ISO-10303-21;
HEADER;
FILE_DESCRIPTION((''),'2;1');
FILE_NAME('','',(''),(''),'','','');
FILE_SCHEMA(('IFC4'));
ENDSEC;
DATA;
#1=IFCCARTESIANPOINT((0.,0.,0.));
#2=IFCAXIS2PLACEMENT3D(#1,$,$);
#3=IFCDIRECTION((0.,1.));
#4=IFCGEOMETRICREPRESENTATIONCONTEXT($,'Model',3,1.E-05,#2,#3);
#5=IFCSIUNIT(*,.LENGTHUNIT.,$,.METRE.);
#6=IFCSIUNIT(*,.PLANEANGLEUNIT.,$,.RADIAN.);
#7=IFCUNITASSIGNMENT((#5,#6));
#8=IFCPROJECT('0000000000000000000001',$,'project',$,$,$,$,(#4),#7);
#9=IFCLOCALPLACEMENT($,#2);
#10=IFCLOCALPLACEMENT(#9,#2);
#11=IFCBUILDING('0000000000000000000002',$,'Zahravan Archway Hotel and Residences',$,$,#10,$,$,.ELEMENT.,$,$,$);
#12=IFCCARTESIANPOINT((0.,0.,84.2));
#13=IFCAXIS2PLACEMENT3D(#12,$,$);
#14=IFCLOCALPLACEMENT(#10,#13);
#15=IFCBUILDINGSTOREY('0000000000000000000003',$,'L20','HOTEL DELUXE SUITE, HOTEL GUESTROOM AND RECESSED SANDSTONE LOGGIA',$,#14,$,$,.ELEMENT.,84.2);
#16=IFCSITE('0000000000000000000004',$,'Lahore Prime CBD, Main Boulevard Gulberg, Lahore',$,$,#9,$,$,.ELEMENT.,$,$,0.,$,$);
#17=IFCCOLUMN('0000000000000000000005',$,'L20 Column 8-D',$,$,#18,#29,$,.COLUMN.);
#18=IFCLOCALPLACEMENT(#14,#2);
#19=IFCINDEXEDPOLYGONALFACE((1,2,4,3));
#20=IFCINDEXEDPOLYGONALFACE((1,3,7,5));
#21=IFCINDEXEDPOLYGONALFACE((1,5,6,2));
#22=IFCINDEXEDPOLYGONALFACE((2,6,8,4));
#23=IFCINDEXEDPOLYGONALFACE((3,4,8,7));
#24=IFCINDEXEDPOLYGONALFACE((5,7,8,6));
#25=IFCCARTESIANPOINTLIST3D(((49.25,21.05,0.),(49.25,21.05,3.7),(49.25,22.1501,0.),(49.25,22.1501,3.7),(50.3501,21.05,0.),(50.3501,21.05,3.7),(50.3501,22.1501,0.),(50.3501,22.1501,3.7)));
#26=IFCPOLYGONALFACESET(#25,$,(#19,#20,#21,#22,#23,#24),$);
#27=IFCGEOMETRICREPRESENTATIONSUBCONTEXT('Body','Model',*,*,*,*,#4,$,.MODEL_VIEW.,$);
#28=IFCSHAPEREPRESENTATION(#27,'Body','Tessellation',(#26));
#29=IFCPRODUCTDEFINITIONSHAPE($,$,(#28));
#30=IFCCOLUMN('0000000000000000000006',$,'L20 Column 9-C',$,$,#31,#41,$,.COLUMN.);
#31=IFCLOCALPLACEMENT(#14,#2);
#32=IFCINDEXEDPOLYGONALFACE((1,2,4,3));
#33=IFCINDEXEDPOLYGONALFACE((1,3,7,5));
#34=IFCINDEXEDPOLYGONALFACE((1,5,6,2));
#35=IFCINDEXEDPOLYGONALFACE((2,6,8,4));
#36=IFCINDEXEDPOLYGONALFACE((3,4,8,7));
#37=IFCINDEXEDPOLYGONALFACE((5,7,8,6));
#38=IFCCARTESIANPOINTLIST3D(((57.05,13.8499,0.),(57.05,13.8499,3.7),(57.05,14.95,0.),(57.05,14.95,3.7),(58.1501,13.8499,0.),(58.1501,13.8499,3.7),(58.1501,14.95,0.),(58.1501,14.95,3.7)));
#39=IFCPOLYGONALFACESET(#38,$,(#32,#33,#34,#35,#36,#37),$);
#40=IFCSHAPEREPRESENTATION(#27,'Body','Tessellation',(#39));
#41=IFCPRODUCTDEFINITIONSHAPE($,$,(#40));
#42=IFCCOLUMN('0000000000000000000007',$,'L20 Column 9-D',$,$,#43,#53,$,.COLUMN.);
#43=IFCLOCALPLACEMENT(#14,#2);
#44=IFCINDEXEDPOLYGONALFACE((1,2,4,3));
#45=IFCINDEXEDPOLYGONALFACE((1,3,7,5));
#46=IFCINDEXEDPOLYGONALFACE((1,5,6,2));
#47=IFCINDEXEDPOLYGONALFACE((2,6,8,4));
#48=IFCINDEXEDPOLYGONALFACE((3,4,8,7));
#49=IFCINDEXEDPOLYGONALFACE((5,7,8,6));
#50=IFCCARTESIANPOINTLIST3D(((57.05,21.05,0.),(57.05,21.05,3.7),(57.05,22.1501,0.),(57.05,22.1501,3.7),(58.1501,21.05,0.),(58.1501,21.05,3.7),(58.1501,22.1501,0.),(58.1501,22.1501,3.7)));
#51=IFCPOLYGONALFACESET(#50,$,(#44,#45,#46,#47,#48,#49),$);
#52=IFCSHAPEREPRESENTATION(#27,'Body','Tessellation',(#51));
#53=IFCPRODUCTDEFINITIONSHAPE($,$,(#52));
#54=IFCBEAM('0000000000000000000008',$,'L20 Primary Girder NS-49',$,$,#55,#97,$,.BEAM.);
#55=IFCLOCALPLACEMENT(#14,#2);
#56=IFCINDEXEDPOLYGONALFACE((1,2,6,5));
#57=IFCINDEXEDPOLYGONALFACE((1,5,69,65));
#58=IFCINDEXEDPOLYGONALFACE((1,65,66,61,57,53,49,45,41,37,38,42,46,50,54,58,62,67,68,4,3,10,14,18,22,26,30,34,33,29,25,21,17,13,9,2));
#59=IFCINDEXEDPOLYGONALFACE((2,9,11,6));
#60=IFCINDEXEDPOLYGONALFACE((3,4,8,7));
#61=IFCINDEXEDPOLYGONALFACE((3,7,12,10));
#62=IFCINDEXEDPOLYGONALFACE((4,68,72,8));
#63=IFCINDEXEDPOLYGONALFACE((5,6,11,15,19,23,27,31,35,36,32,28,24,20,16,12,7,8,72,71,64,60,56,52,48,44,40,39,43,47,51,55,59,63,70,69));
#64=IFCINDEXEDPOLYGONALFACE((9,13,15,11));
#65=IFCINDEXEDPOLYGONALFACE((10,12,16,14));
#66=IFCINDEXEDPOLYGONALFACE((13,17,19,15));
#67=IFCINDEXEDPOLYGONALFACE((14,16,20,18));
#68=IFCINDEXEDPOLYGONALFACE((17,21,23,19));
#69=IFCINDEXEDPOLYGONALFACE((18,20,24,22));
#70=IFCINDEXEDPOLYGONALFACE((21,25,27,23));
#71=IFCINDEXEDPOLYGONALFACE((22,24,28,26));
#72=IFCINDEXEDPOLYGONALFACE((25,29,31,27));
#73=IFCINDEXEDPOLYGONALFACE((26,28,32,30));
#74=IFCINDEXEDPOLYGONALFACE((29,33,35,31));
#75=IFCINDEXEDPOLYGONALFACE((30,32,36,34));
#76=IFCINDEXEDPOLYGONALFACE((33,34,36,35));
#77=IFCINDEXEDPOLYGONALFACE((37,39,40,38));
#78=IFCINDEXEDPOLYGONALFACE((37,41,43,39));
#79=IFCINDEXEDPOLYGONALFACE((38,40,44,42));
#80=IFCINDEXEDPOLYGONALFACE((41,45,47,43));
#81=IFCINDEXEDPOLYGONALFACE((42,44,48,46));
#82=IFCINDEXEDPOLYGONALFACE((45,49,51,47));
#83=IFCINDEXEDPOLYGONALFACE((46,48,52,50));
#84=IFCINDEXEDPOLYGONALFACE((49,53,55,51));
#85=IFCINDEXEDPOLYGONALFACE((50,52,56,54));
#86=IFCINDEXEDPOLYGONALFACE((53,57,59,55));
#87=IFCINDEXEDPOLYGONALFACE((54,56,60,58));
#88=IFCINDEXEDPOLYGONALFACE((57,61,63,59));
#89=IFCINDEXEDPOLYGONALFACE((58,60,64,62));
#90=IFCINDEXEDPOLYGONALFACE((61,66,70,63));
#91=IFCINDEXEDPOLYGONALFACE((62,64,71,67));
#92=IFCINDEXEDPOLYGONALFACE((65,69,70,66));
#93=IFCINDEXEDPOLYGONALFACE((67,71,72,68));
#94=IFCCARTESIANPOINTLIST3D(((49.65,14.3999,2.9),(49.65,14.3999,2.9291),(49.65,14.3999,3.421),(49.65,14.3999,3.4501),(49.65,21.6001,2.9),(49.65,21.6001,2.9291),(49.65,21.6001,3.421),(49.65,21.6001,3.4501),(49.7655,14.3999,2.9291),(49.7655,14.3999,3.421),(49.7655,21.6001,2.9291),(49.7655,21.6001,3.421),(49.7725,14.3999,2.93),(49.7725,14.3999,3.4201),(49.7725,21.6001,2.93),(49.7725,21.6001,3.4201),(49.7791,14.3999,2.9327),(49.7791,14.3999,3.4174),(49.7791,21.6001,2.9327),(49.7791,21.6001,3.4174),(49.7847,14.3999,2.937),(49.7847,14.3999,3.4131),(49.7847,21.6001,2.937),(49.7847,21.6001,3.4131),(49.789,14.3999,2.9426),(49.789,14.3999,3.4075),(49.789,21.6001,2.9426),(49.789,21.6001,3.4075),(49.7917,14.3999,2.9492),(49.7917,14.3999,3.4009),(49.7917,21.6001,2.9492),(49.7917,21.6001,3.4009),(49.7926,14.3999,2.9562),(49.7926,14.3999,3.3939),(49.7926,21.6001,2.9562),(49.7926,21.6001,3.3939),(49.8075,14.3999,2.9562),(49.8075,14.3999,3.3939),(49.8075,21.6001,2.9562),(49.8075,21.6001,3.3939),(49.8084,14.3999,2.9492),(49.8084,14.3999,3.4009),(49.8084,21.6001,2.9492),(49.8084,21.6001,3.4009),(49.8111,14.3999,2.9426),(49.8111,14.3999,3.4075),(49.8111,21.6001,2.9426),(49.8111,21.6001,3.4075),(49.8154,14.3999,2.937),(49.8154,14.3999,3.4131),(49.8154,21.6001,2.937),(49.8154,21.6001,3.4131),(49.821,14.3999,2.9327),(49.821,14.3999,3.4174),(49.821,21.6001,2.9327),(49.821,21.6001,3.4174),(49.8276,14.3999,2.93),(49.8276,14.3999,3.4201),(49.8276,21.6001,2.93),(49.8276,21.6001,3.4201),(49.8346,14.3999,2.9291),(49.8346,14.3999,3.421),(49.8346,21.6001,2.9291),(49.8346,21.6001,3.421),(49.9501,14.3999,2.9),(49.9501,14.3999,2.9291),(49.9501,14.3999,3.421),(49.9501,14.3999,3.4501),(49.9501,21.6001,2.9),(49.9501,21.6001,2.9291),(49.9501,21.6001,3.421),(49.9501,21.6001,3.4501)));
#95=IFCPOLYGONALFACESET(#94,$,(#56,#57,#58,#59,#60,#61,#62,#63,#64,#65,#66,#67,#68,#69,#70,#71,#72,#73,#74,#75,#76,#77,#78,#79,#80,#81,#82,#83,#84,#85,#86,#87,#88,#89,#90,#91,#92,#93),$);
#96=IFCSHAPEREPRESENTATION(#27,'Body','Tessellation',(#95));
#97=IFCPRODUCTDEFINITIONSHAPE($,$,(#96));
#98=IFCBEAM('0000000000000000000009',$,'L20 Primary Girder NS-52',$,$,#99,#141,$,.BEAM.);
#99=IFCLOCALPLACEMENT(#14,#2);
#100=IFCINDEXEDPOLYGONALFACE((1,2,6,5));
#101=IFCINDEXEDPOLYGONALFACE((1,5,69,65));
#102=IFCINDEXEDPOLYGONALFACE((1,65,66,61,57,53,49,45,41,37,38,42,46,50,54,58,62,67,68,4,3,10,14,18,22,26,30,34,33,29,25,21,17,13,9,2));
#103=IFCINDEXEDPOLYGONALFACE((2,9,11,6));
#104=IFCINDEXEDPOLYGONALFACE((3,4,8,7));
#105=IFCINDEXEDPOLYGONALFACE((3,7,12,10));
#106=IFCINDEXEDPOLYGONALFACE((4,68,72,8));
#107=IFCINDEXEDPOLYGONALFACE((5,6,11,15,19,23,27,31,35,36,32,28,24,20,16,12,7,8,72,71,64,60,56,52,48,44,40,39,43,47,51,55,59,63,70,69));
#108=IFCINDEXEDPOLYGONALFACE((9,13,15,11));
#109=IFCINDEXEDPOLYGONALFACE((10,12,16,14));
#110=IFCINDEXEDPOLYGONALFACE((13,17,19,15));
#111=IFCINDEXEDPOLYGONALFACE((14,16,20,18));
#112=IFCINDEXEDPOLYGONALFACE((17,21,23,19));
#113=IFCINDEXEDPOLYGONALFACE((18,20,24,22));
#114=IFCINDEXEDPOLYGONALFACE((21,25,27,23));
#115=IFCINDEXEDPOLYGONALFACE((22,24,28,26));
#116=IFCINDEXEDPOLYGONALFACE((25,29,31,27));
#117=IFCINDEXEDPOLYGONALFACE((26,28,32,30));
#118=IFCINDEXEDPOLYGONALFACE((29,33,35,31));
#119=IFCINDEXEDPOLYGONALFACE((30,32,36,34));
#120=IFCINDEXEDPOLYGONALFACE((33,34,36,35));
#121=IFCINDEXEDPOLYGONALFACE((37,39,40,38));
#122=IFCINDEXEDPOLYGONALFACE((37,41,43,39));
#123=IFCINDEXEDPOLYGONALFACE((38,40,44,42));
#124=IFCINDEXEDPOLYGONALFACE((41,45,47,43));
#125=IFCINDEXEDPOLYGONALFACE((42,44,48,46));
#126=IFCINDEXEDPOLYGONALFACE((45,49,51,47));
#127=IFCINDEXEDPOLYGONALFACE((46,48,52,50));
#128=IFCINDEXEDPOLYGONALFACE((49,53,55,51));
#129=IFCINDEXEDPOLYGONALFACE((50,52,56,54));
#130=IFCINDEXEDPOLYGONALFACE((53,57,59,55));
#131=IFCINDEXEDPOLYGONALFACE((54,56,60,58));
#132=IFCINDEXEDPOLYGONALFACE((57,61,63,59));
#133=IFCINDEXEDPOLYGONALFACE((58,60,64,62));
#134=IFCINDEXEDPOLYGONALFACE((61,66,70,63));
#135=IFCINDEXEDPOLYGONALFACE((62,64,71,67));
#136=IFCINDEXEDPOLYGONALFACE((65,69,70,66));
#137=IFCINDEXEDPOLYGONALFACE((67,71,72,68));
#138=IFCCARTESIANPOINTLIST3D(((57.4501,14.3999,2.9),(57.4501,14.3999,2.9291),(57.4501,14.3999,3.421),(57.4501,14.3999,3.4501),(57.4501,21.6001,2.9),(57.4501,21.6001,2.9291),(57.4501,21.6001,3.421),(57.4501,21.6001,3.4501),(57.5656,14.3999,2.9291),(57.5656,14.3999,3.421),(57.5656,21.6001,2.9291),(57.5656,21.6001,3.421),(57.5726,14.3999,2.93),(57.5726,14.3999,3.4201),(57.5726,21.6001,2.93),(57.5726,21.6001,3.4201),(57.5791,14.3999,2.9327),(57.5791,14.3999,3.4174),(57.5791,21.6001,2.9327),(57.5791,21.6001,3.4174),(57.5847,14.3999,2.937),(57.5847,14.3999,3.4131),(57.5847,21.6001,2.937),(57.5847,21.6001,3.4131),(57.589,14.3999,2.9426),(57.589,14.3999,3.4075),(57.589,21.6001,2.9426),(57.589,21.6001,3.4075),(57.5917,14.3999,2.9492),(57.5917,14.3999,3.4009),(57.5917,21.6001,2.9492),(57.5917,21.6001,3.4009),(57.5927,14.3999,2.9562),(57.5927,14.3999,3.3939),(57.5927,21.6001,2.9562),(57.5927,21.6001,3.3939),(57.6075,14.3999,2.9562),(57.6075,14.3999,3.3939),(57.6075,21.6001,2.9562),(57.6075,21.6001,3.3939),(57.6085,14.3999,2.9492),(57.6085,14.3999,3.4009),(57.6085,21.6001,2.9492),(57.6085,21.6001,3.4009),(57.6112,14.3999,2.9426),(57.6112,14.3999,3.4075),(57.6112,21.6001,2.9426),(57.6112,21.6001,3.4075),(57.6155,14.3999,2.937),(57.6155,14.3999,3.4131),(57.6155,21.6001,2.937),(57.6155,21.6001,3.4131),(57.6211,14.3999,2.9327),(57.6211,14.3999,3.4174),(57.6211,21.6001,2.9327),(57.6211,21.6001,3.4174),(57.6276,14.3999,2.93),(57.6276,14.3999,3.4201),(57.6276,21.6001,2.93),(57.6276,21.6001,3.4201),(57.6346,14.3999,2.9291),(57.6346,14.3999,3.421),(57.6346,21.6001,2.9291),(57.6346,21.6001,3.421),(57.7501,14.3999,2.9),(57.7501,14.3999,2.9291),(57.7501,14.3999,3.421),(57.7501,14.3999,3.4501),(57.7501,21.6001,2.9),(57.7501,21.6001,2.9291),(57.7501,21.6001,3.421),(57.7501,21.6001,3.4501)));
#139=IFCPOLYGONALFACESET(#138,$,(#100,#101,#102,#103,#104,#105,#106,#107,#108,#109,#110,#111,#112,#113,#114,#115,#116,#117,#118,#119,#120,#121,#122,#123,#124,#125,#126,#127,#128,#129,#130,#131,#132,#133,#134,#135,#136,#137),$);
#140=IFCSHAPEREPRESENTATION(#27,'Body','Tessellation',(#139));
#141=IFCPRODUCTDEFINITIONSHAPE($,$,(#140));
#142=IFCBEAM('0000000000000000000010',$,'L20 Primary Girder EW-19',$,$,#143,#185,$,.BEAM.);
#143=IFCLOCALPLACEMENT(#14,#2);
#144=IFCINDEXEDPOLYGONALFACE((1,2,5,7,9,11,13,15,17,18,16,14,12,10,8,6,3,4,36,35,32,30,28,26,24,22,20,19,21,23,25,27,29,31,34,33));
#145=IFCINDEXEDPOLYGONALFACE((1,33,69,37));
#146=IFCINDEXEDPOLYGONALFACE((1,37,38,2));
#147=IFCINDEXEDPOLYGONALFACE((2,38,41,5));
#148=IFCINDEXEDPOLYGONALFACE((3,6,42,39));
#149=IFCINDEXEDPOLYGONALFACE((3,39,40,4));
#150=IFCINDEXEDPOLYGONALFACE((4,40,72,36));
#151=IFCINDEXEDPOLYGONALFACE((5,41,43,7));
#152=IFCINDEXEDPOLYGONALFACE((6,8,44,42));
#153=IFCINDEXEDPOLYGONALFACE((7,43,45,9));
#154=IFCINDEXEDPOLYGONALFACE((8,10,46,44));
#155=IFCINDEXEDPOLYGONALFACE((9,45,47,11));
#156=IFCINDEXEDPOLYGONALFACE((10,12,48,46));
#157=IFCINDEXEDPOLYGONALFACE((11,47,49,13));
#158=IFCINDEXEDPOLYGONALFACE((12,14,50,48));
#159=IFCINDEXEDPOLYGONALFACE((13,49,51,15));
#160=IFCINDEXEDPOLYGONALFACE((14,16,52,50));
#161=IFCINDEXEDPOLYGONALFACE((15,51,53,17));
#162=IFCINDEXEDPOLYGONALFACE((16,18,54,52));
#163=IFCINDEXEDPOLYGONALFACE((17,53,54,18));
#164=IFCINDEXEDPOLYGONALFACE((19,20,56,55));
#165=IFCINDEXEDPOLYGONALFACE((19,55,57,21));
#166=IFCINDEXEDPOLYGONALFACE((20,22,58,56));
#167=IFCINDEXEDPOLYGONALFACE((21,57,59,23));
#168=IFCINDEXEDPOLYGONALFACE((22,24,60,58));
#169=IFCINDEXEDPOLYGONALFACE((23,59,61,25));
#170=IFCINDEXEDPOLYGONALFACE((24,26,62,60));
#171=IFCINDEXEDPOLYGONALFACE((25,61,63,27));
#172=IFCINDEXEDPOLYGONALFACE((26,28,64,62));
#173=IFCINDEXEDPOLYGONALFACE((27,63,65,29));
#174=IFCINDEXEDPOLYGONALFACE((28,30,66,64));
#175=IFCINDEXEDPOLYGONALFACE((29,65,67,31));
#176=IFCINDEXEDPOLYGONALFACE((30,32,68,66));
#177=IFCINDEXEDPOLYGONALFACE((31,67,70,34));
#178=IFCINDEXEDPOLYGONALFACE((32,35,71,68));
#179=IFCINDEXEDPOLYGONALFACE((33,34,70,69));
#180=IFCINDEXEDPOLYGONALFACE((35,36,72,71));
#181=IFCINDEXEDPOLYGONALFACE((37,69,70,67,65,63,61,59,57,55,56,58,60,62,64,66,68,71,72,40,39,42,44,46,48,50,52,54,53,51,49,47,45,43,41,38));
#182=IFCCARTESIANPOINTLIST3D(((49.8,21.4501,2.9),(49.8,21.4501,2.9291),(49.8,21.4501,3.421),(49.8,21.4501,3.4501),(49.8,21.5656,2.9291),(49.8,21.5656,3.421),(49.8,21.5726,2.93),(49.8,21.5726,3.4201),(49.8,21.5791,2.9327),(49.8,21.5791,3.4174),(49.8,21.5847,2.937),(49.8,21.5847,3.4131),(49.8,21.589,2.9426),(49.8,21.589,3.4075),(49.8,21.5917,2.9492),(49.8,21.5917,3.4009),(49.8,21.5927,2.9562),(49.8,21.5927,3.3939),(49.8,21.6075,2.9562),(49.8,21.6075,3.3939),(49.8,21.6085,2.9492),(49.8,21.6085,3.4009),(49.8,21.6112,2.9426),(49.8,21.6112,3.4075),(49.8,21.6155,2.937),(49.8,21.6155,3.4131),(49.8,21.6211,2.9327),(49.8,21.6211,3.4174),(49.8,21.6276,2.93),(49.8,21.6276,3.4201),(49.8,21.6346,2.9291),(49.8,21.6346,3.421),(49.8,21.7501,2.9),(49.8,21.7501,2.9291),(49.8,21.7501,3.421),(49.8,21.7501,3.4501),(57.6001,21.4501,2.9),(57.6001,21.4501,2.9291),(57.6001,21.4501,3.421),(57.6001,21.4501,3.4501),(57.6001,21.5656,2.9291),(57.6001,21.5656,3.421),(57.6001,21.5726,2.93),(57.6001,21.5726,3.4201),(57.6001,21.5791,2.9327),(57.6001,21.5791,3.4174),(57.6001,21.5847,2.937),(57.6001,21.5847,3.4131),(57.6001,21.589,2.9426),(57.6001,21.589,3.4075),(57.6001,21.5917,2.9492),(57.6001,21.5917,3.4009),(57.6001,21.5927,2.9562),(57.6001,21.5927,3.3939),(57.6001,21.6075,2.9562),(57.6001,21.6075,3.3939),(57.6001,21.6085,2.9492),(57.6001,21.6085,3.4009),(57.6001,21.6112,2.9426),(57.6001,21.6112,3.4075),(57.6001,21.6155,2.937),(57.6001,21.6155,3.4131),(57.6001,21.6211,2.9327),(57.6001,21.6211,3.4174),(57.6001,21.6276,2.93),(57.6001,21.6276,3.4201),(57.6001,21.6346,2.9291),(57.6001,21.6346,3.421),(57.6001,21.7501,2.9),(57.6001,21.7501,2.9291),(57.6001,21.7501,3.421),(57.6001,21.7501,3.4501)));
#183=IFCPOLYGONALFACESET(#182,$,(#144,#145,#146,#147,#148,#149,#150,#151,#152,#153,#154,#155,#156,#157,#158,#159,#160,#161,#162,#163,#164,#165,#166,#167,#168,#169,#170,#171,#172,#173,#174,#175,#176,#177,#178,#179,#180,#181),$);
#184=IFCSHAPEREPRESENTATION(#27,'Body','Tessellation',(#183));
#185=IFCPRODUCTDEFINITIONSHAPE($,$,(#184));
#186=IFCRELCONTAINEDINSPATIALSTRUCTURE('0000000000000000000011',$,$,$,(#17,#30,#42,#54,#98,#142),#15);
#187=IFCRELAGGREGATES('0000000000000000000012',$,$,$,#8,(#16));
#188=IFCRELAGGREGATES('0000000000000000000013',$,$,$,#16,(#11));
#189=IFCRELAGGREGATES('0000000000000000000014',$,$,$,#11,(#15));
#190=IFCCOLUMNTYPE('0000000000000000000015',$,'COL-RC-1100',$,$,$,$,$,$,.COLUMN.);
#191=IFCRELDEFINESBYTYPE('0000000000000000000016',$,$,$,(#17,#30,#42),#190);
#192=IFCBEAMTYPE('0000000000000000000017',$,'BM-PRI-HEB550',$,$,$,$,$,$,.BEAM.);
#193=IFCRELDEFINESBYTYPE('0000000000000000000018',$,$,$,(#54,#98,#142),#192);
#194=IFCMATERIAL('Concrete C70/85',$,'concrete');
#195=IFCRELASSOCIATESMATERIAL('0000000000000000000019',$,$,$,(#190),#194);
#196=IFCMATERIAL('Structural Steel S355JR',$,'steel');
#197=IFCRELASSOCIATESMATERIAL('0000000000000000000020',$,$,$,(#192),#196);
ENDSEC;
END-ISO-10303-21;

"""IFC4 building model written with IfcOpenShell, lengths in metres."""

from ifc_helpers import new_model, si_unit, direction, frame, origin, origin_2d, place, context, subcontext, project, spatial, rectangle, i_section, extrude, source, transform, mapped, material, material_profile, profile_set, type_object, type_shapes, element, save


model = new_model("IFC4")

# Units and contexts
model_context = context("Model", 3, precision=1e-05, world=origin(), true_north=direction((0.0, 1.0)))
body_context = subcontext(model_context, "Body", "Model", "MODEL_VIEW")
ifc_project = project(units=[si_unit("LENGTHUNIT", "METRE"), si_unit("PLANEANGLEUNIT", "RADIAN")], contexts=[model_context])

# Site, building, storey
site_placement = place(None, origin())
site = spatial("IfcSite", under=ifc_project, at=site_placement, Name="Lahore Prime CBD, Main Boulevard Gulberg, Lahore", CompositionType="ELEMENT", RefElevation=0.0)
building_placement = place(site_placement, origin())
building = spatial("IfcBuilding", under=site, at=building_placement, Name="Zahravan Archway Hotel and Residences", CompositionType="ELEMENT")
storey_placement = place(building_placement, frame((0.0, 0.0, 84.2)))
storey = spatial("IfcBuildingStorey", under=building, at=storey_placement, Name="L20", Description="HOTEL DELUXE SUITE, HOTEL GUESTROOM AND RECESSED SANDSTONE LOGGIA", CompositionType="ELEMENT", Elevation=84.2)

# Columns
ifc_material_1 = material(Name="Concrete C70/85", Category="concrete")
ifc_material_profile_1 = material_profile(ifc_material_1, rectangle(XDim=1.1001, YDim=1.1001, at=origin_2d()), Name="RC 1100x1100", Category="concrete")
ifc_profile_set_1 = profile_set([ifc_material_profile_1], Name="Concrete C70/85")
column_type = type_object("IfcColumnType", Name="COL-RC-1100", PredefinedType="COLUMN", material=ifc_profile_set_1)
shared_shape_1 = source(origin(), body_context, "Body", "SweptSolid", [
    extrude(rectangle(XDim=1.1001, YDim=1.1001, at=origin_2d()), origin(), (0.0, 0.0, 1.0), 3.7),
])
for number, where, z_axis, x_axis, name in (
    (1, (49.8, 21.6001, 0.0), (0.0, 0.0, 1.0), (1.0, 0.0, 0.0), "L20 Column 8-D"),
    (2, (57.6001, 14.3999, 0.0), (0.0, 0.0, 1.0), (1.0, 0.0, 0.0), "L20 Column 9-C"),
    (3, (57.6001, 21.6001, 0.0), (0.0, 0.0, 1.0), (1.0, 0.0, 0.0), "L20 Column 9-D"),
):
    element("IfcColumn", number, at=place(storey_placement, frame(where, z_axis=z_axis, x_axis=x_axis)), inside=storey, type_object=column_type, Name=name, PredefinedType="COLUMN", context=body_context, shape_type="MappedRepresentation", body=[
        mapped(shared_shape_1, transform((0.0, 0.0, 0.0), scale=1.0)),
    ])

# Beams
ifc_material_2 = material(Name="Structural Steel S355JR", Category="steel")
ifc_material_profile_2 = material_profile(ifc_material_2, i_section(OverallWidth=0.3, OverallDepth=0.55, WebThickness=0.0149, FlangeThickness=0.0291, FilletRadius=0.0271, at=origin_2d()), Name="HEB 550", Category="steel")
ifc_profile_set_2 = profile_set([ifc_material_profile_2], Name="Structural Steel S355JR")
beam_type_1 = type_object("IfcBeamType", Name="BM-PRI-HEB550", PredefinedType="BEAM", material=ifc_profile_set_2)
shared_shape_2 = source(origin(), body_context, "Body", "SweptSolid", [
    extrude(i_section(OverallWidth=0.3, OverallDepth=0.55, WebThickness=0.0149, FlangeThickness=0.0291, FilletRadius=0.0271, at=origin_2d()), origin(), (0.0, 0.0, 1.0), 7.2002),
])
type_shapes(beam_type_1, [shared_shape_2])
for number, where, z_axis, x_axis, name in (
    (4, (49.8, 14.3999, 3.175), (0.0, 1.0, 0.0), (-1.0, 0.0, 0.0), "L20 Primary Girder NS-49"),
    (5, (57.6001, 14.3999, 3.175), (0.0, 1.0, 0.0), (-1.0, 0.0, 0.0), "L20 Primary Girder NS-52"),
):
    element("IfcBeam", number, at=place(storey_placement, frame(where, z_axis=z_axis, x_axis=x_axis)), inside=storey, type_object=beam_type_1, Name=name, PredefinedType="BEAM", context=body_context, shape_type="MappedRepresentation", body=[
        mapped(shared_shape_2, transform((0.0, 0.0, 0.0), scale=1.0)),
    ])
shared_shape_3 = source(origin(), body_context, "Body", "SweptSolid", [
    extrude(i_section(OverallWidth=0.3, OverallDepth=0.55, WebThickness=0.0149, FlangeThickness=0.0291, FilletRadius=0.0271, at=origin_2d()), origin(), (0.0, 0.0, 1.0), 7.8),
])
beam_1_placement = place(storey_placement, frame((49.8, 21.6001, 3.175), z_axis=(1.0, 0.0, 0.0), x_axis=(0.0, 1.0, 0.0)))
element("IfcBeam", 6, at=beam_1_placement, inside=storey, type_object=beam_type_1, Name="L20 Primary Girder EW-19", PredefinedType="BEAM", context=body_context, shape_type="MappedRepresentation", body=[
    mapped(shared_shape_3, transform((0.0, 0.0, 0.0), scale=1.0)),
])

save(model, "model.ifc")
